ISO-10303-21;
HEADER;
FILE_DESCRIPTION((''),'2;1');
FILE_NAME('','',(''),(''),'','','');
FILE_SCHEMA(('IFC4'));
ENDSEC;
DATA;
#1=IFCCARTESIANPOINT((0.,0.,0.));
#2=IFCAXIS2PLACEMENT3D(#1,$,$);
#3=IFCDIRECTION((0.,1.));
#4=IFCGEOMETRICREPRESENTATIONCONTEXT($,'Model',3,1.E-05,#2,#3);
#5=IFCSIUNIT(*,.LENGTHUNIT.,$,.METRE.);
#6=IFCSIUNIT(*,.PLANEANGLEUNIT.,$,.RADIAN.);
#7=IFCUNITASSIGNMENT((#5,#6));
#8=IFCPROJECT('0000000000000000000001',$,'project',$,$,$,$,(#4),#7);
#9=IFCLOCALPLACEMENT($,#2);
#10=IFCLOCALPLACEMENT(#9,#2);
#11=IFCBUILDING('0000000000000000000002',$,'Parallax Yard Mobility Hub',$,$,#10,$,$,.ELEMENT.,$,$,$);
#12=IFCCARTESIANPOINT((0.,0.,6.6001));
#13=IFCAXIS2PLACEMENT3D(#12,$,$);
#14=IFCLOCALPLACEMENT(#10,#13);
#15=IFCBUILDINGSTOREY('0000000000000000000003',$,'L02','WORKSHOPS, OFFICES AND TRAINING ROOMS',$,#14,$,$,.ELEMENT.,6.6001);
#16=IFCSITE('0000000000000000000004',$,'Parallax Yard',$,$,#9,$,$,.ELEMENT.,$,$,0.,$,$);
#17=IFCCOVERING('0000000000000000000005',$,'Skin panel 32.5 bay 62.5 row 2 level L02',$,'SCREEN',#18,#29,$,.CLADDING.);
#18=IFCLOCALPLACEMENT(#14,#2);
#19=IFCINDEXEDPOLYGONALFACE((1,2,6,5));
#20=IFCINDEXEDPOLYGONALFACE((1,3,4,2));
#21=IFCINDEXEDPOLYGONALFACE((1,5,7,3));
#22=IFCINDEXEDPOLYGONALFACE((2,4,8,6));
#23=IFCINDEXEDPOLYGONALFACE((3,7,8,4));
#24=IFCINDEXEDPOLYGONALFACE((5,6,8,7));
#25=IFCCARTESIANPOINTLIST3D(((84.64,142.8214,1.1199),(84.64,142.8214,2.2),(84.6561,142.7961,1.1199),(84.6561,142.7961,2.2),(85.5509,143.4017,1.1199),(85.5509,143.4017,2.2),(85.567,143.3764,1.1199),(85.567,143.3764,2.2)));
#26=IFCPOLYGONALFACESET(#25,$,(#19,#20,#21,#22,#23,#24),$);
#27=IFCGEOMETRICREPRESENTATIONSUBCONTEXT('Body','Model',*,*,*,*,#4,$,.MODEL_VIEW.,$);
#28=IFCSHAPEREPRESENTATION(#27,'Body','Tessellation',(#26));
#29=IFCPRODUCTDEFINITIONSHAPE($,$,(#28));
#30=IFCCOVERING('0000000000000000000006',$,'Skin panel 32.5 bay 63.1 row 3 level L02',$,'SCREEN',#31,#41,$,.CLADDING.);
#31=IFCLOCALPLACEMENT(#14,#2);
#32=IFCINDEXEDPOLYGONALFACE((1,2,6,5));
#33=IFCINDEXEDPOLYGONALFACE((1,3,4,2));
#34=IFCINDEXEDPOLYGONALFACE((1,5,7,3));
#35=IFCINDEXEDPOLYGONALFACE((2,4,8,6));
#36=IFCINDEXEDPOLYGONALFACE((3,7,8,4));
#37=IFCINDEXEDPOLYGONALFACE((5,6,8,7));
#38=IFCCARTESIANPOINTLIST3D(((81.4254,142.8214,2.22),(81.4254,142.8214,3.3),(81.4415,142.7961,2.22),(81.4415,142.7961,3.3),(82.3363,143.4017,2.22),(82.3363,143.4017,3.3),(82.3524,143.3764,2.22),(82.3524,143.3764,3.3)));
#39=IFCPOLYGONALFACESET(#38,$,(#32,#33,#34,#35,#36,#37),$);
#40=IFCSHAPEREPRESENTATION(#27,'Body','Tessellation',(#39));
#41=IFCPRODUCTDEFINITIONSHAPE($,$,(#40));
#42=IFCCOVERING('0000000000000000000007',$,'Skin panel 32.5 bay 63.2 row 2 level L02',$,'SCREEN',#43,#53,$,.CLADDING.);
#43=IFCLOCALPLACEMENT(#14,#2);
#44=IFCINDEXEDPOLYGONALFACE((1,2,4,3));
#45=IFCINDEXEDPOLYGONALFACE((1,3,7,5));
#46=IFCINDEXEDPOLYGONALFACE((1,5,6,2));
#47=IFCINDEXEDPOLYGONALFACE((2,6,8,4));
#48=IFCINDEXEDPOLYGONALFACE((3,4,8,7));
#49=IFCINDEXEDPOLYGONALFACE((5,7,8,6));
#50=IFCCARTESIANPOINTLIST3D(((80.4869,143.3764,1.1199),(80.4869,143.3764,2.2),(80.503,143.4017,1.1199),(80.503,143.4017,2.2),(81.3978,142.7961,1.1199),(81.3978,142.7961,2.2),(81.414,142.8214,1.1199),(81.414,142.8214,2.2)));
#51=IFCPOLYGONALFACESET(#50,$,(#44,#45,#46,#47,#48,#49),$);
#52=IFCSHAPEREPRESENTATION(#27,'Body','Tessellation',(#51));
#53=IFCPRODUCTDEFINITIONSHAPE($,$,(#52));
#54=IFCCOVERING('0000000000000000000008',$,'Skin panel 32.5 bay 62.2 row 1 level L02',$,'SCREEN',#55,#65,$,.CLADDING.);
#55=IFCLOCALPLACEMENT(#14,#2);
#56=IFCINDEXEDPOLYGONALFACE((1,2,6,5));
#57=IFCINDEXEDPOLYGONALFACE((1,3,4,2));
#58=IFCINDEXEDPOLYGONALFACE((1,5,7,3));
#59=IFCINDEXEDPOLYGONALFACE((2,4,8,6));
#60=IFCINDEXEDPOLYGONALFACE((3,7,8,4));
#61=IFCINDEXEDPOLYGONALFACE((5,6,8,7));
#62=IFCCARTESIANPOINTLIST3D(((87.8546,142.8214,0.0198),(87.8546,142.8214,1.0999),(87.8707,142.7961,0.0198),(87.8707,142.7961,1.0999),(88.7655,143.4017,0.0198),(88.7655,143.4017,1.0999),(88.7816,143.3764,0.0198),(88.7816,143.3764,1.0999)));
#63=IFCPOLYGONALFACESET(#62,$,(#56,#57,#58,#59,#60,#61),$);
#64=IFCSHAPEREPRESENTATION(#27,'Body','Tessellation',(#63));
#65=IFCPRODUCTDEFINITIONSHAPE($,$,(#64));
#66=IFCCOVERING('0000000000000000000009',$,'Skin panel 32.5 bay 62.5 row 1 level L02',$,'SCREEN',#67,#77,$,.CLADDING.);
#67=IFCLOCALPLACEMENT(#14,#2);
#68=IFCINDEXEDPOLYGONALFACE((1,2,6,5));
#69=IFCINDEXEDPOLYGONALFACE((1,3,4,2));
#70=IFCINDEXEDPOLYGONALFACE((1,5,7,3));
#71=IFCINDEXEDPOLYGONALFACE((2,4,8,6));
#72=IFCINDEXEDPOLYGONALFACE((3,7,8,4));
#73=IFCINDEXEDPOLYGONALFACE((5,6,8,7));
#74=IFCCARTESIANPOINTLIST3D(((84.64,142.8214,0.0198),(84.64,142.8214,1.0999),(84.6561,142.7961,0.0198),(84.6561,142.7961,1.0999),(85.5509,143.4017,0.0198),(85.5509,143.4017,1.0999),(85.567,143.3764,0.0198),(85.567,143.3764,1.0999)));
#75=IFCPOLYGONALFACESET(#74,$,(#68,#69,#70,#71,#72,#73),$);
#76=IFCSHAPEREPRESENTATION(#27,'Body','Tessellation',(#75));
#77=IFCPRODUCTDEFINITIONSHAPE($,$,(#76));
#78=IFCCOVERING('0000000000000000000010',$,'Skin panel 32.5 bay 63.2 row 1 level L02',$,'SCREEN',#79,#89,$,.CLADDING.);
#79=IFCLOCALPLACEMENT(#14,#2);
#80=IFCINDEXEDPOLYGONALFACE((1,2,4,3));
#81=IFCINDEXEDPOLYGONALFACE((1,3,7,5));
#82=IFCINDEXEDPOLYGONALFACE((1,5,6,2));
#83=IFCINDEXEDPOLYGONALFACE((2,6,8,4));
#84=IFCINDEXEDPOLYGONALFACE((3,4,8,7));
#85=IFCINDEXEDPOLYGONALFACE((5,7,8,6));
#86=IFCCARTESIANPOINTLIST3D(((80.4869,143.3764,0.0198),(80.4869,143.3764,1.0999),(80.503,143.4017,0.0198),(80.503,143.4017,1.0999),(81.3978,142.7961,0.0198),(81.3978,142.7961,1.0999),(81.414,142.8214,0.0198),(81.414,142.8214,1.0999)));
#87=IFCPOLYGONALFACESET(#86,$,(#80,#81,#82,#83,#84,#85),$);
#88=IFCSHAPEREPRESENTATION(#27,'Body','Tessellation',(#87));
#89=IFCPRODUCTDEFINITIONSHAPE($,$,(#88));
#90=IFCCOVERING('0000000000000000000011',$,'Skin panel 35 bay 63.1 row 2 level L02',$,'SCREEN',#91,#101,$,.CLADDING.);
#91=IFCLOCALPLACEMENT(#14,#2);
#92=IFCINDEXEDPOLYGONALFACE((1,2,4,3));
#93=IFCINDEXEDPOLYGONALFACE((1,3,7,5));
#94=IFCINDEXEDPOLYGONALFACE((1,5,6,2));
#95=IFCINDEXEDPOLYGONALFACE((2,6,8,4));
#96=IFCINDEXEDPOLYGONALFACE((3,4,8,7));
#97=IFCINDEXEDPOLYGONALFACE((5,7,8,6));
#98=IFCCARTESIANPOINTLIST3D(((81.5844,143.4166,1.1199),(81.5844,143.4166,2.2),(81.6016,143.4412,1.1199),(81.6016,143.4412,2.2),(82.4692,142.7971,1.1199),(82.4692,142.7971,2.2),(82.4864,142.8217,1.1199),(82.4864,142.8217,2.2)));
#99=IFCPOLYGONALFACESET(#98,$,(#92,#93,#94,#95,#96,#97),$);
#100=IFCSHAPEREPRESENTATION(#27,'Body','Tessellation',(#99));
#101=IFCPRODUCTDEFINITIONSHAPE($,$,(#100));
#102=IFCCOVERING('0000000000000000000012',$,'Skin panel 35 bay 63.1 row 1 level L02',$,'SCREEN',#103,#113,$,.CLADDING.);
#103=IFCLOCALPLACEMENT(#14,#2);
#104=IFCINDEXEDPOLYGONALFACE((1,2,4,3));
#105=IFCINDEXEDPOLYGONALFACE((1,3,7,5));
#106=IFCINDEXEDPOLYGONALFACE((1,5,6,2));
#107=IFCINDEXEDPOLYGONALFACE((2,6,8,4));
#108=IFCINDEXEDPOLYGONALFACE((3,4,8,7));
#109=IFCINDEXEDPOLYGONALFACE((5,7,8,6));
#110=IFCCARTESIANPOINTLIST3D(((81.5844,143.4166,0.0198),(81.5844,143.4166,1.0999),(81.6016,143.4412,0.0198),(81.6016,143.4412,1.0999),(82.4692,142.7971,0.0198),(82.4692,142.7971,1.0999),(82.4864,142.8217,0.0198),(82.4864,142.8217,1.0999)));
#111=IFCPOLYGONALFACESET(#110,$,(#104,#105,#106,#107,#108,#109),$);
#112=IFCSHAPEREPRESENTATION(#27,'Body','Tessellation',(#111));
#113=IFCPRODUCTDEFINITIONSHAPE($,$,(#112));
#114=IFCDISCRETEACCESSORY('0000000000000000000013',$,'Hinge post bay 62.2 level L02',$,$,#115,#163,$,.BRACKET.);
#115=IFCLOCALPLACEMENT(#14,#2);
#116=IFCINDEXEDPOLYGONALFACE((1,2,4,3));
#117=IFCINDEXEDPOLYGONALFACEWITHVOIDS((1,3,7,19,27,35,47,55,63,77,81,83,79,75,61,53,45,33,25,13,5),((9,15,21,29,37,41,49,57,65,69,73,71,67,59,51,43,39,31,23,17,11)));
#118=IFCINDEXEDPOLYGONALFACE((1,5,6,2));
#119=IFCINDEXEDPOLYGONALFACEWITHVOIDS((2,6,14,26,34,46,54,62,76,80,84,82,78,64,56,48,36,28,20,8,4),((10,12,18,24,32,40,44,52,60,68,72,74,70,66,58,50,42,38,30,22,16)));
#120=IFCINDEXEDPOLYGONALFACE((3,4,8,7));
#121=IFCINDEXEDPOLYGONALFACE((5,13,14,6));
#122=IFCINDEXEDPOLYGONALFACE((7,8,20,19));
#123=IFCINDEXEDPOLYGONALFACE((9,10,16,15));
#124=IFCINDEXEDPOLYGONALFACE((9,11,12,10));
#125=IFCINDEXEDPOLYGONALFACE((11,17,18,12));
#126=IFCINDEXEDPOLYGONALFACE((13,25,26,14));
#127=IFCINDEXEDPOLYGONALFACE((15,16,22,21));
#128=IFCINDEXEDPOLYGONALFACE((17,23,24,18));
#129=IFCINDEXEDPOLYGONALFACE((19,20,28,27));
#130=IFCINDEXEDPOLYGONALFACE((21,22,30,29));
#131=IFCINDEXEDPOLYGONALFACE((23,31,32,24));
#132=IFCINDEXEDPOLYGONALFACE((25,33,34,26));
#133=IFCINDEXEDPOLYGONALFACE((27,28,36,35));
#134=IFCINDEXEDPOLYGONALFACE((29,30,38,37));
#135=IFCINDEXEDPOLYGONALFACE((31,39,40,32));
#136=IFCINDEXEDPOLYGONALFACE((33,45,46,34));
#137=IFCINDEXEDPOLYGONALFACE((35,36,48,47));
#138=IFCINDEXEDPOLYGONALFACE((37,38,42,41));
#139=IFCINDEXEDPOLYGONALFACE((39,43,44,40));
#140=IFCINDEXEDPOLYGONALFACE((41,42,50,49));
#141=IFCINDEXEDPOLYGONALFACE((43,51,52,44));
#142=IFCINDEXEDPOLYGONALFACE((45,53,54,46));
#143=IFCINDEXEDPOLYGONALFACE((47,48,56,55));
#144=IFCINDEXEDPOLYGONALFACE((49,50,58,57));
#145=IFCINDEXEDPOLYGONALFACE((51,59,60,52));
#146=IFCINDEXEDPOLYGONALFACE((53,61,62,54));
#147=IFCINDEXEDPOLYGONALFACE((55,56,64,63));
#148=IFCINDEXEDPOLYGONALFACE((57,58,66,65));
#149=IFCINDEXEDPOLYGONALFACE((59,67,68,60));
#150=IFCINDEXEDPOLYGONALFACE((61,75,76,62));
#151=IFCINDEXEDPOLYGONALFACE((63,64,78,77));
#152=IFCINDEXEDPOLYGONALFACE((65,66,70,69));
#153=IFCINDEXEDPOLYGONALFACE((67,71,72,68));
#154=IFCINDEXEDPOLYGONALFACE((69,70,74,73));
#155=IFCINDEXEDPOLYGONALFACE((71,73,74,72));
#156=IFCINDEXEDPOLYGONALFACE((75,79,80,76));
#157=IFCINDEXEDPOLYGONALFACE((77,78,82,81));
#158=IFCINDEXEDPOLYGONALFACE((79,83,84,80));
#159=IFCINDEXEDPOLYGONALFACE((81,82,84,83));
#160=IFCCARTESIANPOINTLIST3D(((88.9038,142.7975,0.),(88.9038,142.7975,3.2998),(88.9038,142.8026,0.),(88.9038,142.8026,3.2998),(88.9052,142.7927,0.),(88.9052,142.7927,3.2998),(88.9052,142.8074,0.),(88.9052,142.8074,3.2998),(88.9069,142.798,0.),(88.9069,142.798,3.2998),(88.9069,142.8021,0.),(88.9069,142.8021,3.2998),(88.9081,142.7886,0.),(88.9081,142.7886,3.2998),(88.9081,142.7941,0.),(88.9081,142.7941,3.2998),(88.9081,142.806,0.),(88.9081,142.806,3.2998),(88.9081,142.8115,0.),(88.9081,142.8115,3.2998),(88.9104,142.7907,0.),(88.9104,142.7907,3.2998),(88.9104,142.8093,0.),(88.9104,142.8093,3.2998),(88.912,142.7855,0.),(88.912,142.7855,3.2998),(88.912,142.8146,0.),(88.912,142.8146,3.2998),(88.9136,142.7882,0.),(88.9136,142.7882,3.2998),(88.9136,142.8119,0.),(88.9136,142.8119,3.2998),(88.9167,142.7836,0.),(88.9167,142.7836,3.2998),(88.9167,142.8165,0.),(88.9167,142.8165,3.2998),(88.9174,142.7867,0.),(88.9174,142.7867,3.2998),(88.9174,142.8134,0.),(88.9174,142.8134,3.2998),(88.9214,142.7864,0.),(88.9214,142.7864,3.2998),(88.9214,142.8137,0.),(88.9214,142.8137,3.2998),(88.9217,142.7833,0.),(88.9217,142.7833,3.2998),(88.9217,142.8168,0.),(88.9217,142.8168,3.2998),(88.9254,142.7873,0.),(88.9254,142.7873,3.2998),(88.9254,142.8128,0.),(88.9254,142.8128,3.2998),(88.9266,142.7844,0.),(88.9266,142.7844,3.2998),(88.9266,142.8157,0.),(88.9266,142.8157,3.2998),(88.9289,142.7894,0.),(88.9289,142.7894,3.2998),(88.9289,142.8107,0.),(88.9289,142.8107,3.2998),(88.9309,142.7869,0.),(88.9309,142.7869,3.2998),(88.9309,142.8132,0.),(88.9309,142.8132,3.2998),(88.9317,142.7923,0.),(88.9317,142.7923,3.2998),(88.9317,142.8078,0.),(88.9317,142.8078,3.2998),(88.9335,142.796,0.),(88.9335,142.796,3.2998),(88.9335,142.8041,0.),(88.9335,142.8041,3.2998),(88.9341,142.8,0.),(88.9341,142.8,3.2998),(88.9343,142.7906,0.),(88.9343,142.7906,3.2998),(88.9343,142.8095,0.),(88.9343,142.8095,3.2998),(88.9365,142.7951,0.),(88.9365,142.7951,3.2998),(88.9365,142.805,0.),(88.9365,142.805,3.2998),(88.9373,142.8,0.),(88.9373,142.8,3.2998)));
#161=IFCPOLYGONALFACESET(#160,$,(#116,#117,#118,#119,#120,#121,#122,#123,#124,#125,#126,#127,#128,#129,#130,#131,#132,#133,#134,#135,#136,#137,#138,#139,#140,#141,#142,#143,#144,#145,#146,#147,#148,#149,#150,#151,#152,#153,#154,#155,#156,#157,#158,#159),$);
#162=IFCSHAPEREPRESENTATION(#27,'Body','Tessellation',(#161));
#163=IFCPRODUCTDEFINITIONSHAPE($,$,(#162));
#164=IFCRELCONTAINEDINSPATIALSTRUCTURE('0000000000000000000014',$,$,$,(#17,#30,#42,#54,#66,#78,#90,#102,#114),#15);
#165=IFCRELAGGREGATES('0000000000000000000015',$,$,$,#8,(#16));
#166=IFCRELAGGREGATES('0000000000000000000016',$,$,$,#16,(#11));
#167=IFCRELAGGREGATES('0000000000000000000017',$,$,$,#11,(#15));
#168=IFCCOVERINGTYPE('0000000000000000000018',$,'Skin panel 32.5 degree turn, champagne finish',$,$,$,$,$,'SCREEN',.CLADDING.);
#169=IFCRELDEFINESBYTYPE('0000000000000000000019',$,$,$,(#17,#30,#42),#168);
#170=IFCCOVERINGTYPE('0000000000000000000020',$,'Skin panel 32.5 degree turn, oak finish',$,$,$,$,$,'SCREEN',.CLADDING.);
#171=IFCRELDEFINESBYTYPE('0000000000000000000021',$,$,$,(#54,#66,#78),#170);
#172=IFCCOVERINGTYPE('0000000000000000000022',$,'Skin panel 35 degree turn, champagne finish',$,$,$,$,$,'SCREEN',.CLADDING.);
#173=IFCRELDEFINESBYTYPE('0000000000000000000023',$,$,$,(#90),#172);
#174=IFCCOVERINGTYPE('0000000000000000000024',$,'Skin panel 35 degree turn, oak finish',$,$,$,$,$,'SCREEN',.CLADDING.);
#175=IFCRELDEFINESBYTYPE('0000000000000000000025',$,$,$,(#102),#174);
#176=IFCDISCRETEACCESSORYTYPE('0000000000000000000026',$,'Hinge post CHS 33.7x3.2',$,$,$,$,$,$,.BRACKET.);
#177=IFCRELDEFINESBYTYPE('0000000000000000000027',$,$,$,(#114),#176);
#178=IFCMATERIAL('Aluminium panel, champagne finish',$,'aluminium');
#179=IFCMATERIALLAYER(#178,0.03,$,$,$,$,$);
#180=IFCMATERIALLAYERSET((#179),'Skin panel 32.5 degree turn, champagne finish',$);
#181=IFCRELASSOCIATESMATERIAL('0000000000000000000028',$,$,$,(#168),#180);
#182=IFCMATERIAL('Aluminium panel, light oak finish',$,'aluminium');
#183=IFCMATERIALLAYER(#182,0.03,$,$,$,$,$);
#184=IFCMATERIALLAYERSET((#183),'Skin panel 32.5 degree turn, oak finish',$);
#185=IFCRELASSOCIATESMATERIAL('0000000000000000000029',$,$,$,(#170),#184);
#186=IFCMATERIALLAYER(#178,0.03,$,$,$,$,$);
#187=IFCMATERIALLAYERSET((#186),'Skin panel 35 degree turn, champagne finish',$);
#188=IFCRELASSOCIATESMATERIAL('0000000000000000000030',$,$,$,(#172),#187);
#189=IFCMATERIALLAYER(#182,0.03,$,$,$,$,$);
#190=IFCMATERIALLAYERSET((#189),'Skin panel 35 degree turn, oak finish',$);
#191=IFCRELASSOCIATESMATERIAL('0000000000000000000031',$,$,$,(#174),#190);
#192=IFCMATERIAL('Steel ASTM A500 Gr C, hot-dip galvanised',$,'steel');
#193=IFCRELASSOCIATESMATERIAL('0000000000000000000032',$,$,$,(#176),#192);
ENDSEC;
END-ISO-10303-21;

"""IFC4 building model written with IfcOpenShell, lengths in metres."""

from ifc_helpers import new_model, si_unit, direction, frame, origin, origin_2d, place, context, subcontext, project, spatial, rectangle, hollow_circle, extrude, material, layer, layer_set, material_profile, profile_set, type_object, element, save


model = new_model("IFC4")

# Units and contexts
model_context = context("Model", 3, precision=1e-05, world=origin(), true_north=direction((0.0, 1.0)))
body_context = subcontext(model_context, "Body", "Model", "MODEL_VIEW")
ifc_project = project(units=[si_unit("LENGTHUNIT", "METRE"), si_unit("PLANEANGLEUNIT", "RADIAN")], contexts=[model_context])

# Site, building, storey
site_placement = place(None, origin())
site = spatial("IfcSite", under=ifc_project, at=site_placement, Name="Parallax Yard", CompositionType="ELEMENT", RefElevation=0.0)
building_placement = place(site_placement, origin())
building = spatial("IfcBuilding", under=site, at=building_placement, Name="Parallax Yard Mobility Hub", CompositionType="ELEMENT")
storey_placement = place(building_placement, frame((0.0, 0.0, 6.6001)))
storey = spatial("IfcBuildingStorey", under=building, at=storey_placement, Name="L02", Description="WORKSHOPS, OFFICES AND TRAINING ROOMS", CompositionType="ELEMENT", Elevation=6.6001)

# Coverings
ifc_material_1 = material(Name="Aluminium panel, champagne finish", Category="aluminium")
ifc_material_2 = material(Name="Aluminium panel, light oak finish", Category="aluminium")
ifc_layer_1 = layer(ifc_material_1, 0.03)
ifc_layer_set_1 = layer_set([ifc_layer_1], Name="Skin panel 32.5 degree turn, champagne finish")
covering_type_1 = type_object("IfcCoveringType", Name="Skin panel 32.5 degree turn, champagne finish", ElementType="SCREEN", PredefinedType="CLADDING", material=ifc_layer_set_1)
for number, where, z_axis, x_axis, name in (
    (1, (85.1035, 143.0989, 1.1199), (0.0, 0.0, 1.0), (0.843391, 0.5373, 0.0), "Skin panel 32.5 bay 62.5 row 2 level L02"),
    (2, (81.8889, 143.0989, 2.22), (0.0, 0.0, 1.0), (0.843391, 0.5373, 0.0), "Skin panel 32.5 bay 63.1 row 3 level L02"),
    (3, (80.9504, 143.0989, 1.1199), (0.0, 0.0, 1.0), (-0.843391, 0.5373, 0.0), "Skin panel 32.5 bay 63.2 row 2 level L02"),
):
    element("IfcCovering", number, at=place(storey_placement, frame(where, z_axis=z_axis, x_axis=x_axis)), inside=storey, type_object=covering_type_1, Name=name, ObjectType="SCREEN", PredefinedType="CLADDING", context=body_context, shape_type="SweptSolid", body=[
        extrude(rectangle(XDim=1.0801, YDim=0.03, at=origin_2d()), origin(), (0.0, 0.0, 1.0), 1.0801),
    ])
ifc_layer_2 = layer(ifc_material_2, 0.03)
ifc_layer_set_2 = layer_set([ifc_layer_2], Name="Skin panel 32.5 degree turn, oak finish")
covering_type_2 = type_object("IfcCoveringType", Name="Skin panel 32.5 degree turn, oak finish", ElementType="SCREEN", PredefinedType="CLADDING", material=ifc_layer_set_2)
for number, where, z_axis, x_axis, name in (
    (4, (88.3181, 143.0989, 0.0198), (0.0, 0.0, 1.0), (0.843391, 0.5373, 0.0), "Skin panel 32.5 bay 62.2 row 1 level L02"),
    (5, (85.1035, 143.0989, 0.0198), (0.0, 0.0, 1.0), (0.843391, 0.5373, 0.0), "Skin panel 32.5 bay 62.5 row 1 level L02"),
    (6, (80.9504, 143.0989, 0.0198), (0.0, 0.0, 1.0), (-0.843391, 0.5373, 0.0), "Skin panel 32.5 bay 63.2 row 1 level L02"),
):
    element("IfcCovering", number, at=place(storey_placement, frame(where, z_axis=z_axis, x_axis=x_axis)), inside=storey, type_object=covering_type_2, Name=name, ObjectType="SCREEN", PredefinedType="CLADDING", context=body_context, shape_type="SweptSolid", body=[
        extrude(rectangle(XDim=1.0801, YDim=0.03, at=origin_2d()), origin(), (0.0, 0.0, 1.0), 1.0801),
    ])
ifc_layer_3 = layer(ifc_material_1, 0.03)
ifc_layer_set_3 = layer_set([ifc_layer_3], Name="Skin panel 35 degree turn, champagne finish")
covering_type_3 = type_object("IfcCoveringType", Name="Skin panel 35 degree turn, champagne finish", ElementType="SCREEN", PredefinedType="CLADDING", material=ifc_layer_set_3)
covering_1_placement = place(storey_placement, frame((82.0354, 143.1191, 1.1199), z_axis=(0.0, 0.0, 1.0), x_axis=(-0.819152, 0.573576, 0.0)))
element("IfcCovering", 7, at=covering_1_placement, inside=storey, type_object=covering_type_3, Name="Skin panel 35 bay 63.1 row 2 level L02", ObjectType="SCREEN", PredefinedType="CLADDING", context=body_context, shape_type="SweptSolid", body=[
    extrude(rectangle(XDim=1.0801, YDim=0.03, at=origin_2d()), origin(), (0.0, 0.0, 1.0), 1.0801),
])
ifc_layer_4 = layer(ifc_material_2, 0.03)
ifc_layer_set_4 = layer_set([ifc_layer_4], Name="Skin panel 35 degree turn, oak finish")
covering_type_4 = type_object("IfcCoveringType", Name="Skin panel 35 degree turn, oak finish", ElementType="SCREEN", PredefinedType="CLADDING", material=ifc_layer_set_4)
covering_2_placement = place(storey_placement, frame((82.0354, 143.1191, 0.0198), z_axis=(0.0, 0.0, 1.0), x_axis=(-0.819152, 0.573576, 0.0)))
element("IfcCovering", 8, at=covering_2_placement, inside=storey, type_object=covering_type_4, Name="Skin panel 35 bay 63.1 row 1 level L02", ObjectType="SCREEN", PredefinedType="CLADDING", context=body_context, shape_type="SweptSolid", body=[
    extrude(rectangle(XDim=1.0801, YDim=0.03, at=origin_2d()), origin(), (0.0, 0.0, 1.0), 1.0801),
])

# Discrete accessory
ifc_material_3 = material(Name="Steel ASTM A500 Gr C, hot-dip galvanised", Category="steel")
ifc_material_profile = material_profile(ifc_material_3, hollow_circle(Radius=0.0168, WallThickness=0.0032, at=origin_2d()), Name="CHS 33.7x3.2")
ifc_profile_set = profile_set([ifc_material_profile], Name="Steel ASTM A500 Gr C, hot-dip galvanised")
discrete_accessory_type = type_object("IfcDiscreteAccessoryType", Name="Hinge post CHS 33.7x3.2", PredefinedType="BRACKET", material=ifc_profile_set)
for number, where, z_axis, x_axis, name in (
    (9, (88.9204, 142.8, 0.0), (0.0, 0.0, 1.0), (1.0, 0.0, 0.0), "Hinge post bay 62.2 level L02"),
):
    element("IfcDiscreteAccessory", number, at=place(storey_placement, frame(where, z_axis=z_axis, x_axis=x_axis)), inside=storey, type_object=discrete_accessory_type, Name=name, PredefinedType="BRACKET", context=body_context, shape_type="SweptSolid", body=[
        extrude(hollow_circle(Radius=0.0168, WallThickness=0.0032, at=origin_2d()), origin(), (0.0, 0.0, 1.0), 3.2998),
    ])

save(model, "model.ifc")
